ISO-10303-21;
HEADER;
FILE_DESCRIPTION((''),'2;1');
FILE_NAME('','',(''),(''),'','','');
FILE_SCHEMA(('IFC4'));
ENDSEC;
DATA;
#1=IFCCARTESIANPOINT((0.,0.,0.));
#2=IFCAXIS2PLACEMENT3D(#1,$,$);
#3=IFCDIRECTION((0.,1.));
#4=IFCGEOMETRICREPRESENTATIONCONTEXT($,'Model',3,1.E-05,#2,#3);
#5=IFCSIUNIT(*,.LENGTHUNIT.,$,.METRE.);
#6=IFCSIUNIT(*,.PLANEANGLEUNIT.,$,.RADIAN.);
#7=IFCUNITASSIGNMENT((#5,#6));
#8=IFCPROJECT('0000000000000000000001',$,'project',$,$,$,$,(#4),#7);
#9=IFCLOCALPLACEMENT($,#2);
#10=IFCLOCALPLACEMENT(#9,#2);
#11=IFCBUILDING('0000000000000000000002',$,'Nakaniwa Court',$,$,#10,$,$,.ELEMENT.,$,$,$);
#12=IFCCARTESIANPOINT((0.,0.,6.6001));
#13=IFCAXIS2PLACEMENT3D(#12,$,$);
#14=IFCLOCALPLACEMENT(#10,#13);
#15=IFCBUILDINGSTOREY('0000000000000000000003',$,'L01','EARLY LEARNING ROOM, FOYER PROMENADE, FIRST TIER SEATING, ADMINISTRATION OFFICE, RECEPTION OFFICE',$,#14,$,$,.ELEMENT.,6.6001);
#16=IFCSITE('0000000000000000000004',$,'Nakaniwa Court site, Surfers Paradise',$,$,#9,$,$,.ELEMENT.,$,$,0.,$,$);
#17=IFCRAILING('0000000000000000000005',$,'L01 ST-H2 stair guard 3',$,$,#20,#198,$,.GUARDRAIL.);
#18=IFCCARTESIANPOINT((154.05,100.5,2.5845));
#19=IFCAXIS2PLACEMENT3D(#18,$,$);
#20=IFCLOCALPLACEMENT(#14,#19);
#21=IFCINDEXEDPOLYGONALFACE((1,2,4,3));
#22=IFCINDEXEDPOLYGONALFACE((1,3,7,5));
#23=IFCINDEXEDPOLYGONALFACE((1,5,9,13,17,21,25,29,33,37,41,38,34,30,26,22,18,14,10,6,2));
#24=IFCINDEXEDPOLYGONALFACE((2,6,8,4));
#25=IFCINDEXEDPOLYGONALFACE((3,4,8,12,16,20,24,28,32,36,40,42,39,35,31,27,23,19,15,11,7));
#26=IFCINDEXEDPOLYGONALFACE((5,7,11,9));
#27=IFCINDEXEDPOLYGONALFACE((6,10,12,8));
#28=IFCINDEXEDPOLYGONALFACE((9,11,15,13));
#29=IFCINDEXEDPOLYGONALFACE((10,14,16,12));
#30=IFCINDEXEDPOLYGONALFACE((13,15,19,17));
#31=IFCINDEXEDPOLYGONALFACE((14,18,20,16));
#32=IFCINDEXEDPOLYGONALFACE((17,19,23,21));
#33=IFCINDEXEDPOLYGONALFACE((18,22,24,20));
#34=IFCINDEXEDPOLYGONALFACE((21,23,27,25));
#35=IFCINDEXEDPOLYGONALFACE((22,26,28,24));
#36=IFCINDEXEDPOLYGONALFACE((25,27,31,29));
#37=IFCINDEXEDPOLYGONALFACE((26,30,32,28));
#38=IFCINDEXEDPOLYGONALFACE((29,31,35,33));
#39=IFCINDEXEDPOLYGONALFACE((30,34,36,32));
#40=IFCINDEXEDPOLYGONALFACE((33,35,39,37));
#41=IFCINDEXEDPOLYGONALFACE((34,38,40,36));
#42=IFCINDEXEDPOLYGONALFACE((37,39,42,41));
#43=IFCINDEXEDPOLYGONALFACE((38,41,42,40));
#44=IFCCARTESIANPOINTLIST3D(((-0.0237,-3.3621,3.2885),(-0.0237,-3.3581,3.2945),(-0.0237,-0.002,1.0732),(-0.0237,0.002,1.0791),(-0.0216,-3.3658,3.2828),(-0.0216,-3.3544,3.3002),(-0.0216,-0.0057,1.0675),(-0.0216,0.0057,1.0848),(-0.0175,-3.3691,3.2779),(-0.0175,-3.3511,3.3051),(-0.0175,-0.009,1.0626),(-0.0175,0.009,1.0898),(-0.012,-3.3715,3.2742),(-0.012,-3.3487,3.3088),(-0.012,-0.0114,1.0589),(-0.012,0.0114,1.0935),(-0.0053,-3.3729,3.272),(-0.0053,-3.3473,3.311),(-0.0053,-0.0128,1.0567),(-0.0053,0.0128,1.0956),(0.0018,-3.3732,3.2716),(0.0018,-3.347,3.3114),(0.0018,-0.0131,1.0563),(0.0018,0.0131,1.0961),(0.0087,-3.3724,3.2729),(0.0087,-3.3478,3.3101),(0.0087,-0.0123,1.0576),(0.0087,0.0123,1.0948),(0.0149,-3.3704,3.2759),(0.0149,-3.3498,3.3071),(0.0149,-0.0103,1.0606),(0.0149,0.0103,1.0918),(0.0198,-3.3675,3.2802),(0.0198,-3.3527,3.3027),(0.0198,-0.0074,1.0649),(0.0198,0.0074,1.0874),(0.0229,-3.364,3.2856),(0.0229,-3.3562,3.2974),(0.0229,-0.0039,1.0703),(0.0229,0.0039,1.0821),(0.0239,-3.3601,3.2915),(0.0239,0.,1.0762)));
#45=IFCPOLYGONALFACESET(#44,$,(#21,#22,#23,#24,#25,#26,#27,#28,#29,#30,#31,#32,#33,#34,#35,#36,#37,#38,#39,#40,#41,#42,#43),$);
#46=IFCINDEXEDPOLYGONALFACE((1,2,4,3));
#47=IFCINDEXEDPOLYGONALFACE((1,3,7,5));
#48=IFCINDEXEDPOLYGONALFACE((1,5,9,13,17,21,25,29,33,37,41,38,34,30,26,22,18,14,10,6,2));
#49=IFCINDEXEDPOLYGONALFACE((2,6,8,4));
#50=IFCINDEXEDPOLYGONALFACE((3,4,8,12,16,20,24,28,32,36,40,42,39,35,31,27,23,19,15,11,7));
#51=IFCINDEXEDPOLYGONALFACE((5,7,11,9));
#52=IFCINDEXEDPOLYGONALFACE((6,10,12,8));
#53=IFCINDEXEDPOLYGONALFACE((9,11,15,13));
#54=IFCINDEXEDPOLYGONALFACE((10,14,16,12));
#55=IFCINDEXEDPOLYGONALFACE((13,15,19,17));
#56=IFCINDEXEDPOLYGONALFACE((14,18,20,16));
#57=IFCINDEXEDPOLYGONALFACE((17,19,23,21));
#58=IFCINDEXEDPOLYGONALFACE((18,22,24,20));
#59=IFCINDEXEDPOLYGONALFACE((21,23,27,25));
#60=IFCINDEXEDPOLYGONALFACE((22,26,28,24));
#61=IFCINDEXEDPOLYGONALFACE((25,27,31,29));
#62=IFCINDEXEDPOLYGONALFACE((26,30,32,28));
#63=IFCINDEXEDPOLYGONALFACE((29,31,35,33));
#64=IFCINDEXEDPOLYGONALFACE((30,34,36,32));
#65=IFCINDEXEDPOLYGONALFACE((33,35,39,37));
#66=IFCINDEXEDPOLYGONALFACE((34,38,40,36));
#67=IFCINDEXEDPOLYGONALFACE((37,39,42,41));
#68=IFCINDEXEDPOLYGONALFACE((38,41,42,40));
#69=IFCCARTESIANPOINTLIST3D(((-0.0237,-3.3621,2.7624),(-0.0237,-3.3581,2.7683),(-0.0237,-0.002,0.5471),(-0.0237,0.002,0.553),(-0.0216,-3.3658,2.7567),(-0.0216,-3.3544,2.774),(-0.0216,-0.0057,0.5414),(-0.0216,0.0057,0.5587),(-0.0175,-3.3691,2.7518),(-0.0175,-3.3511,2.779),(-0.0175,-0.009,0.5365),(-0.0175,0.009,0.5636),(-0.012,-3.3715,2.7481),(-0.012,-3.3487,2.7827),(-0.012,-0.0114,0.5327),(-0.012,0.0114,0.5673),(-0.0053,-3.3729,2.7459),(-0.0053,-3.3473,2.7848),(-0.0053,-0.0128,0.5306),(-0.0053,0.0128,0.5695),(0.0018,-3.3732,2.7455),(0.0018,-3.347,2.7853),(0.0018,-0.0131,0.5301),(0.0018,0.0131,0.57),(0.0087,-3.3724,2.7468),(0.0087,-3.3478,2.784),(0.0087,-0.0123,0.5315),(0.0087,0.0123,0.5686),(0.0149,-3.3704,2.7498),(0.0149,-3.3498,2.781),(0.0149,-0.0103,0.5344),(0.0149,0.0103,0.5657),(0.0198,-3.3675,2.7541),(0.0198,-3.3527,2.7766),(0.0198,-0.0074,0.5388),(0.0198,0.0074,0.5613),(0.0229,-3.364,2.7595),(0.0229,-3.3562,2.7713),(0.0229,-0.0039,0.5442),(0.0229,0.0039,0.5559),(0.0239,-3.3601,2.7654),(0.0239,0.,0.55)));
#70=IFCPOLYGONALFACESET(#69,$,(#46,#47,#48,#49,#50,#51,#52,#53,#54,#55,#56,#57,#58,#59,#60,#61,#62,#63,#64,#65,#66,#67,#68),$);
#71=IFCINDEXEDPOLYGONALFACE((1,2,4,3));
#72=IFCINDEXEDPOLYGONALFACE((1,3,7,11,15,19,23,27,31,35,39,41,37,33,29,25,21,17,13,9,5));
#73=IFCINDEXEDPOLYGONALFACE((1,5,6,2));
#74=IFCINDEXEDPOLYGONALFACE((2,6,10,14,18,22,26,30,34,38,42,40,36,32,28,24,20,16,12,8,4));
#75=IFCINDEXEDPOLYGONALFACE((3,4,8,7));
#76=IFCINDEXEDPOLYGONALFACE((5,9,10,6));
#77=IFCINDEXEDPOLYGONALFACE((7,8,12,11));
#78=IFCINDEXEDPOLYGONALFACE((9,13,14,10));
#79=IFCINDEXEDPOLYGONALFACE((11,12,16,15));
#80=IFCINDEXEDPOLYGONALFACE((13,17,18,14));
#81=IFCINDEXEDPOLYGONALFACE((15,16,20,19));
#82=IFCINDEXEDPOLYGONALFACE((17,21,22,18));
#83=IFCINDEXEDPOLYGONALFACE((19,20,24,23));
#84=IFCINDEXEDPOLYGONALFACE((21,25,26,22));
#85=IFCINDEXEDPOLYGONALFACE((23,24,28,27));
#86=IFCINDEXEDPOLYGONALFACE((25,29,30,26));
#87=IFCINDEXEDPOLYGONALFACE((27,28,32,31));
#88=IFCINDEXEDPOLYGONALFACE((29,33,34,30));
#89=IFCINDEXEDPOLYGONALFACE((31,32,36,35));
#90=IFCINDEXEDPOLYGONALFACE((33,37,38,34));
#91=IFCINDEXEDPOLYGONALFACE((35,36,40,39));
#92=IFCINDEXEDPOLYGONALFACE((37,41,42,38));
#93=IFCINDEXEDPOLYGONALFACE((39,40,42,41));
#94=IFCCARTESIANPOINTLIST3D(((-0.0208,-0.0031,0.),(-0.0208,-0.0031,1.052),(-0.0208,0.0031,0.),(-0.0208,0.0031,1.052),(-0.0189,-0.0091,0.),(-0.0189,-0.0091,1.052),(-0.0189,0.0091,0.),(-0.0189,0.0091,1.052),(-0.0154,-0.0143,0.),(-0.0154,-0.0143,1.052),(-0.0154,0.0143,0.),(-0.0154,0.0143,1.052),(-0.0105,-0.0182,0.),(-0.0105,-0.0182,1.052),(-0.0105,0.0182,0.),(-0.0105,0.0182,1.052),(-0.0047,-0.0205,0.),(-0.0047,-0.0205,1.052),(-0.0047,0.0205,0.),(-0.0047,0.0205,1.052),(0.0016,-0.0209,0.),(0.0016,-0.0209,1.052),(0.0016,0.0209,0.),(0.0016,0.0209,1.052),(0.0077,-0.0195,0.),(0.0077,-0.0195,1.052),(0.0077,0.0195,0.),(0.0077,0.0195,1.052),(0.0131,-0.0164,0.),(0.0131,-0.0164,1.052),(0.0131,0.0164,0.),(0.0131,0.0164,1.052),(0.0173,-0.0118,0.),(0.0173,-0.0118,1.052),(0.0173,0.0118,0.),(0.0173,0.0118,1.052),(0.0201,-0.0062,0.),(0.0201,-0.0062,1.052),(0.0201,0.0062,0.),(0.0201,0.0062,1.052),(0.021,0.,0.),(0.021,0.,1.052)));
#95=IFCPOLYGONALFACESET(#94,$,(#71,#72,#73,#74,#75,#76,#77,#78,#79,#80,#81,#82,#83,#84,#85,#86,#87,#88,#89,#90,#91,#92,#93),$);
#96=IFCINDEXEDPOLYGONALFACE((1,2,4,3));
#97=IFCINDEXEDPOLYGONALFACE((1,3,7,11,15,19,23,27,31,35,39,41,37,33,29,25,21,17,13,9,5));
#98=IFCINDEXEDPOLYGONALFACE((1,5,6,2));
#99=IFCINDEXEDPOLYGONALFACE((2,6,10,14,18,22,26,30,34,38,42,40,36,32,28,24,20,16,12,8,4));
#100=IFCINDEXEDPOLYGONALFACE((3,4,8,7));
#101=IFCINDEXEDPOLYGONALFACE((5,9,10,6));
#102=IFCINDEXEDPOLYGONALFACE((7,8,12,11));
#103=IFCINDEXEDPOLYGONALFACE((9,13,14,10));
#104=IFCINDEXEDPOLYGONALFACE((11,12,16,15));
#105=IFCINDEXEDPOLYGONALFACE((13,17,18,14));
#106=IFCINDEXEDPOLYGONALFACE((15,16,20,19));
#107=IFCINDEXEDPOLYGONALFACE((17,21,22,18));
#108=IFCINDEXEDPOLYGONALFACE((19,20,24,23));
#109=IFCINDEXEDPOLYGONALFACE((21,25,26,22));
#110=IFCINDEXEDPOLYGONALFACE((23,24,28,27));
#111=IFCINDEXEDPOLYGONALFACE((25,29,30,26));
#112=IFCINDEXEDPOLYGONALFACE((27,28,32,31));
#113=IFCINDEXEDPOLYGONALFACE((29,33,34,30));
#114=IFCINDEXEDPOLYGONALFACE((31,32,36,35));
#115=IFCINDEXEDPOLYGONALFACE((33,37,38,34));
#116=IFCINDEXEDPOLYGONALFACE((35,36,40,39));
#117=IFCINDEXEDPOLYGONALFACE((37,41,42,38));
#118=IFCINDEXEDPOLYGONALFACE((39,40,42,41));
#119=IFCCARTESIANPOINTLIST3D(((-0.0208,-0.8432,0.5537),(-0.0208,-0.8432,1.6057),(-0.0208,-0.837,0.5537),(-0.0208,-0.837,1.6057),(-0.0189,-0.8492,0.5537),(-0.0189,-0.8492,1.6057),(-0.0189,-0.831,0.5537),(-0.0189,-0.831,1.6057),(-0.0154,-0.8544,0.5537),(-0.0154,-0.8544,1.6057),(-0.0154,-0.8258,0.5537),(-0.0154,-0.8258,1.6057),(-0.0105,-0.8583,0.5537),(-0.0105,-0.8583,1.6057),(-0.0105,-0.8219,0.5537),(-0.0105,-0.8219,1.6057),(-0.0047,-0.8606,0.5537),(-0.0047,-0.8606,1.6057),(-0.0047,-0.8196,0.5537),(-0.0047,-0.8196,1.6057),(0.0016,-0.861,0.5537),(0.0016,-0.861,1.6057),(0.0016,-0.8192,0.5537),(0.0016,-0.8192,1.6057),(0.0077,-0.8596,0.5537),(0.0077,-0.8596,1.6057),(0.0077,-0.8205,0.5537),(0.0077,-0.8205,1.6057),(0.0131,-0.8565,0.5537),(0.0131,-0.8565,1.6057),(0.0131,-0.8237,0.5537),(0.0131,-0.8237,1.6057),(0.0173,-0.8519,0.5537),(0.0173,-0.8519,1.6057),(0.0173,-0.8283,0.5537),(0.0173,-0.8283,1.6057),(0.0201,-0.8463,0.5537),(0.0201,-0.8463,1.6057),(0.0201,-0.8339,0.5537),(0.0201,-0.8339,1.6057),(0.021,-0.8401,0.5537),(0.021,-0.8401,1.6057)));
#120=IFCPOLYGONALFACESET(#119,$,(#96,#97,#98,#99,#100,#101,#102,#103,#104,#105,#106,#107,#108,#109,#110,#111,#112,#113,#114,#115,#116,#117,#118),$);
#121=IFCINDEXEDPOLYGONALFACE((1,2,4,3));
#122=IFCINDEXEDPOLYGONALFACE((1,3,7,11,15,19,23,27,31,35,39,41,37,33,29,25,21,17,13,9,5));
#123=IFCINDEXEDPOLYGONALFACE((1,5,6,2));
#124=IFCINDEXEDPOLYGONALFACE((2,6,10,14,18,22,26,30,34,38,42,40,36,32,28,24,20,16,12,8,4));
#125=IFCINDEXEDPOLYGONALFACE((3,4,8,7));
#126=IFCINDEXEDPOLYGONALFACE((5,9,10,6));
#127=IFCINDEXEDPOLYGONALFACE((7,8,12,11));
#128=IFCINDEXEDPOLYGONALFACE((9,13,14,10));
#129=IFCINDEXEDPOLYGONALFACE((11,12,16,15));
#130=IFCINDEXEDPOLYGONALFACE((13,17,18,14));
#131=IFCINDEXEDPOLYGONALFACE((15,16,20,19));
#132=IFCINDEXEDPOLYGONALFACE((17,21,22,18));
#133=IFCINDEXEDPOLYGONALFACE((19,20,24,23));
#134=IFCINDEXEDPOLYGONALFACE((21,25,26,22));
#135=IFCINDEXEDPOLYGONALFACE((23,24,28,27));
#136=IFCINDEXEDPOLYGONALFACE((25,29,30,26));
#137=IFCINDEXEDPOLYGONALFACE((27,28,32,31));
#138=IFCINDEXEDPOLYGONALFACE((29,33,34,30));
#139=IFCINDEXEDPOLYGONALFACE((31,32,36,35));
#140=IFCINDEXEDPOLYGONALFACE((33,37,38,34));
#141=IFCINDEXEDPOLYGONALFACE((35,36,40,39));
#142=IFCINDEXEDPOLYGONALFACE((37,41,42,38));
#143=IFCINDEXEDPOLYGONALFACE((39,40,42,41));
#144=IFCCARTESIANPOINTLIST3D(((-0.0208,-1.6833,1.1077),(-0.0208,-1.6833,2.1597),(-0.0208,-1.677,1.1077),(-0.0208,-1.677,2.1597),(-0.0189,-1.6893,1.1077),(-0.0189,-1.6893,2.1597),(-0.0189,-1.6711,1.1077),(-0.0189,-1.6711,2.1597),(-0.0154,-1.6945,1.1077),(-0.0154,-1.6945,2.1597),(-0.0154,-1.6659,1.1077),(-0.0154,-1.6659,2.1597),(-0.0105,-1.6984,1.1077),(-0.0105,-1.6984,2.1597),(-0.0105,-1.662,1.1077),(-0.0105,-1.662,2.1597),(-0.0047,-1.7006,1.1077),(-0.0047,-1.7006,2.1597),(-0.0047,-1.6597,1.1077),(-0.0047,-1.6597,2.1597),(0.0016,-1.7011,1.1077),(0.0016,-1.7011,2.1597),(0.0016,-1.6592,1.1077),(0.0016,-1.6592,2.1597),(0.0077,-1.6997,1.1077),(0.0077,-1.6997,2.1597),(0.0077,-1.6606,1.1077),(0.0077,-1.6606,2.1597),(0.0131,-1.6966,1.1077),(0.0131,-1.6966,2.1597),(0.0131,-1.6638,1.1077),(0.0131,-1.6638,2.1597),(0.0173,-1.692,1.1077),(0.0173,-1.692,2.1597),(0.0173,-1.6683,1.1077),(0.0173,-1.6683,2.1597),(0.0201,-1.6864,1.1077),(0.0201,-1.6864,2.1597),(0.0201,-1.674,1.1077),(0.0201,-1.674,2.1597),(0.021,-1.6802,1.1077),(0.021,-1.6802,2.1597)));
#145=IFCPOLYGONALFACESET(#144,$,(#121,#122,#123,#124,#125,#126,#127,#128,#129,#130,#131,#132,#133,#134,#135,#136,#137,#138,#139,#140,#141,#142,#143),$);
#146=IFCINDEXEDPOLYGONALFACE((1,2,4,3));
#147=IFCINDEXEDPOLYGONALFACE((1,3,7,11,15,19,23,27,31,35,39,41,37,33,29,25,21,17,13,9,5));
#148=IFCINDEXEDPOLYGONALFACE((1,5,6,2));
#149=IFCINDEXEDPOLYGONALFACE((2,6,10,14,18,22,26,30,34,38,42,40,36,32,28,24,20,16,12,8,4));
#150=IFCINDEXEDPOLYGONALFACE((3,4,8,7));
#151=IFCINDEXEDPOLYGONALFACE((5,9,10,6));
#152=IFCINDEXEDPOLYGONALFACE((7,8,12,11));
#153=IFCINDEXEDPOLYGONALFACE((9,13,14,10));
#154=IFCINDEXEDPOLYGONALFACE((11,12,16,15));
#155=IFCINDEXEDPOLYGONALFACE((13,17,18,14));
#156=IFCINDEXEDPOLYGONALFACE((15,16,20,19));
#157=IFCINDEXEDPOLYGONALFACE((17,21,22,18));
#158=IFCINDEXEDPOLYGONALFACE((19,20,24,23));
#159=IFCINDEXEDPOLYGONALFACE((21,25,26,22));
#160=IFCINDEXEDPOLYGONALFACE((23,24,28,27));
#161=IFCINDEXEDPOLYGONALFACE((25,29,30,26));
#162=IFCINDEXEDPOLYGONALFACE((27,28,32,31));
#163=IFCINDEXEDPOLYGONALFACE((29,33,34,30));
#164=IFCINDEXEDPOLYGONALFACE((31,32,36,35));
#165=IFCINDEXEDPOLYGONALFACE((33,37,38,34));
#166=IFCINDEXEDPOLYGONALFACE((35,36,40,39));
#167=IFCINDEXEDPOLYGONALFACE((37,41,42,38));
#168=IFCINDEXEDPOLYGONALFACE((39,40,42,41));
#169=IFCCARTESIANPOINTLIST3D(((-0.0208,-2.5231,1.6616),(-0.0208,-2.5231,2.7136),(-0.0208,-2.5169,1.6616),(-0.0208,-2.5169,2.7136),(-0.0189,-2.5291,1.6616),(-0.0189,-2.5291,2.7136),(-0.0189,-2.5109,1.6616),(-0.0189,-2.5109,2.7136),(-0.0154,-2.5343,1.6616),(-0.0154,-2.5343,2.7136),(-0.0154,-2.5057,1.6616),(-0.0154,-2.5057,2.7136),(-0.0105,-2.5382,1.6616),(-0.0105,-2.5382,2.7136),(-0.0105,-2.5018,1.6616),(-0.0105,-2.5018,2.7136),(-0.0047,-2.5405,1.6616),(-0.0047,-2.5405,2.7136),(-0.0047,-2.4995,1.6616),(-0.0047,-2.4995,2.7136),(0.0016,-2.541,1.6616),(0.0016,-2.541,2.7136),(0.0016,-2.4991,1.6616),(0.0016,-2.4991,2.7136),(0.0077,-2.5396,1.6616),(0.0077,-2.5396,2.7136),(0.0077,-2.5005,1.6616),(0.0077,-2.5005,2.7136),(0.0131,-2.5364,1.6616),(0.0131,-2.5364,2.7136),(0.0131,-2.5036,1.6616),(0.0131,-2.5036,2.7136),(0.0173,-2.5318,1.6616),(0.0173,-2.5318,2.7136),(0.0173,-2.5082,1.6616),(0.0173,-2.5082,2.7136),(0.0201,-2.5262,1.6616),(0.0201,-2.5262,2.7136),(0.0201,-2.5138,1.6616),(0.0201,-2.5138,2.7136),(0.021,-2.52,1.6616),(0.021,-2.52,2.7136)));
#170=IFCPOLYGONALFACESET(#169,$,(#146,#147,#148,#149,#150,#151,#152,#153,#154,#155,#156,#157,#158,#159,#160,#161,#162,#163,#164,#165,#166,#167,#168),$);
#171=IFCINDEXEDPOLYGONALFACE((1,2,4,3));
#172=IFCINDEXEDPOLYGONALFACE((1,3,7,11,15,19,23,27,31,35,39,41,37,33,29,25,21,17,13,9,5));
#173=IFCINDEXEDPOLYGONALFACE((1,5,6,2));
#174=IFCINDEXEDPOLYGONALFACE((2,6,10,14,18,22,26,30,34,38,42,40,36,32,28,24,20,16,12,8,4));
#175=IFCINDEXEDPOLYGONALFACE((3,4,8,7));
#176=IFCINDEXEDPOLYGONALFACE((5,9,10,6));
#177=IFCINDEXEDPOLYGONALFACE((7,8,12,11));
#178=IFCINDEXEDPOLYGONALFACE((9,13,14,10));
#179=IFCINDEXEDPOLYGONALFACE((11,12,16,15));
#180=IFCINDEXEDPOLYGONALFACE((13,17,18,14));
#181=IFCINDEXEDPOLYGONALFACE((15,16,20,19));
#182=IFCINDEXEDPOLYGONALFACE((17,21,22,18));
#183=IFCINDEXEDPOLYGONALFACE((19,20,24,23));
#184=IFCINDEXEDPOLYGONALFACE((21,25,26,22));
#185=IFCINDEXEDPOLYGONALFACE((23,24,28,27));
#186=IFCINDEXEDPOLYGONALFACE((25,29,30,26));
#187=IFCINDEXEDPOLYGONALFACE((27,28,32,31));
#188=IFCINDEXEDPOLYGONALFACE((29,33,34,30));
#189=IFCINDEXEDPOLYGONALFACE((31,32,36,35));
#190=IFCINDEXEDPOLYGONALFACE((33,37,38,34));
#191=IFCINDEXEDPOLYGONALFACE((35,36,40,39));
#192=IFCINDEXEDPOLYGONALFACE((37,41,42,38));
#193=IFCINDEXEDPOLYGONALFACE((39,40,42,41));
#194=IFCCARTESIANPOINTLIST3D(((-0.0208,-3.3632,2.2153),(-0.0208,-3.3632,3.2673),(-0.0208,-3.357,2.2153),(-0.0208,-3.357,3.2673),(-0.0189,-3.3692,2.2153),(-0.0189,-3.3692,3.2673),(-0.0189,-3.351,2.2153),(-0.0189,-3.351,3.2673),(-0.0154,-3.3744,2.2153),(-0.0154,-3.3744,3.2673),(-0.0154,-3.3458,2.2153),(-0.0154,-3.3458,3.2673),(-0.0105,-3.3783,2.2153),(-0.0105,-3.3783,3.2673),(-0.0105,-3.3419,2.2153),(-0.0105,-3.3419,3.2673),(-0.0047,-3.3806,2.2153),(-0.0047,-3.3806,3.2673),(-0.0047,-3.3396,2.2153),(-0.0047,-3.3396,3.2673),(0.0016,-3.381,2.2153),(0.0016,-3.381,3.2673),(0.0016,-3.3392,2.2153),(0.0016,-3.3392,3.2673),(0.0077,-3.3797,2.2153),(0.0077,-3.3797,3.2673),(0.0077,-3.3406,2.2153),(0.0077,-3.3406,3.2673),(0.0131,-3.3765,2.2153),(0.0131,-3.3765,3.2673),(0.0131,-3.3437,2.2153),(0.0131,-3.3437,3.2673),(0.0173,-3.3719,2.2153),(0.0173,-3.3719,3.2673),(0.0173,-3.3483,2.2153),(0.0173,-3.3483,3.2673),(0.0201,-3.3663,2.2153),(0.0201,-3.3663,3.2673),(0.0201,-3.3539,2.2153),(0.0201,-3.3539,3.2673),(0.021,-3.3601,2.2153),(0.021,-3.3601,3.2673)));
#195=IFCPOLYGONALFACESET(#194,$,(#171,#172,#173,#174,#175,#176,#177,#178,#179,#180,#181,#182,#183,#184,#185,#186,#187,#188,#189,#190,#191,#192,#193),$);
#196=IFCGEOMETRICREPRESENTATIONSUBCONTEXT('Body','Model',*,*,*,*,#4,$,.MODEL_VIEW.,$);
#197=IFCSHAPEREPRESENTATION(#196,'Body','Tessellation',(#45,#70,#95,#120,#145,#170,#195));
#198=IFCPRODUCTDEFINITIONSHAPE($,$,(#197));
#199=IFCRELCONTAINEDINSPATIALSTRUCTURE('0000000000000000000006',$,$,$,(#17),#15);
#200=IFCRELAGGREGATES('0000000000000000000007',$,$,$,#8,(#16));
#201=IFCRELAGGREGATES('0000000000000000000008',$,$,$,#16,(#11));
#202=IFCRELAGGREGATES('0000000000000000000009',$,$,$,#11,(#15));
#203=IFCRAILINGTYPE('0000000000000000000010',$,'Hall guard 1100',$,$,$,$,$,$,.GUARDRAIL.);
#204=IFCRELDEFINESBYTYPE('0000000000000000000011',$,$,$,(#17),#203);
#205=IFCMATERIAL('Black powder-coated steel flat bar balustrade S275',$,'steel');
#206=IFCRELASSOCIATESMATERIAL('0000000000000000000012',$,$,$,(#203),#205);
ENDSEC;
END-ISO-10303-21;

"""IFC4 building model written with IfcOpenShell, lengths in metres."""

from ifc_helpers import new_model, si_unit, direction, frame, origin, origin_2d, place, context, subcontext, project, spatial, circle, extrude, material, type_object, element, save


model = new_model("IFC4")

# Units and contexts
model_context = context("Model", 3, precision=1e-05, world=origin(), true_north=direction((0.0, 1.0)))
body_context = subcontext(model_context, "Body", "Model", "MODEL_VIEW")
ifc_project = project(units=[si_unit("LENGTHUNIT", "METRE"), si_unit("PLANEANGLEUNIT", "RADIAN")], contexts=[model_context])

# Site, building, storey
site_placement = place(None, origin())
site = spatial("IfcSite", under=ifc_project, at=site_placement, Name="Nakaniwa Court site, Surfers Paradise", CompositionType="ELEMENT", RefElevation=0.0)
building_placement = place(site_placement, origin())
building = spatial("IfcBuilding", under=site, at=building_placement, Name="Nakaniwa Court", CompositionType="ELEMENT")
storey_placement = place(building_placement, frame((0.0, 0.0, 6.6001)))
storey = spatial("IfcBuildingStorey", under=building, at=storey_placement, Name="L01", Description="EARLY LEARNING ROOM, FOYER PROMENADE, FIRST TIER SEATING, ADMINISTRATION OFFICE, RECEPTION OFFICE", CompositionType="ELEMENT", Elevation=6.6001)

# Railing
ifc_material_1 = material(Name="Black powder-coated steel flat bar balustrade S275", Category="steel")
railing_type_1 = type_object("IfcRailingType", Name="Hall guard 1100", PredefinedType="GUARDRAIL", material=ifc_material_1)
railing_1_placement = place(storey_placement, frame((154.05, 100.5, 2.5845)))
element("IfcRailing", 1, at=railing_1_placement, inside=storey, type_object=railing_type_1, Name="L01 ST-H2 stair guard 3", PredefinedType="GUARDRAIL", context=body_context, shape_type="SweptSolid", body=[
    extrude(circle(Radius=0.0239, at=origin_2d()), frame((0.0, 0.0, 1.0762), z_axis=(0.0, -0.834876, 0.550437), x_axis=(1.0, 0.0, 0.0)), (0.0, 0.0, 1.0), 4.0247),
    extrude(circle(Radius=0.0239, at=origin_2d()), frame((0.0, 0.0, 0.55), z_axis=(0.0, -0.834876, 0.550437), x_axis=(1.0, 0.0, 0.0)), (0.0, 0.0, 1.0), 4.0247),
    extrude(circle(Radius=0.021, at=origin_2d()), origin(), (0.0, 0.0, 1.0), 1.052),
    extrude(circle(Radius=0.021, at=origin_2d()), frame((0.0, -0.8401, 0.5537)), (0.0, 0.0, 1.0), 1.052),
    extrude(circle(Radius=0.021, at=origin_2d()), frame((0.0, -1.6802, 1.1077)), (0.0, 0.0, 1.0), 1.052),
    extrude(circle(Radius=0.021, at=origin_2d()), frame((0.0, -2.52, 1.6616)), (0.0, 0.0, 1.0), 1.052),
    extrude(circle(Radius=0.021, at=origin_2d()), frame((0.0, -3.3601, 2.2153)), (0.0, 0.0, 1.0), 1.052),
])

save(model, "model.ifc")
